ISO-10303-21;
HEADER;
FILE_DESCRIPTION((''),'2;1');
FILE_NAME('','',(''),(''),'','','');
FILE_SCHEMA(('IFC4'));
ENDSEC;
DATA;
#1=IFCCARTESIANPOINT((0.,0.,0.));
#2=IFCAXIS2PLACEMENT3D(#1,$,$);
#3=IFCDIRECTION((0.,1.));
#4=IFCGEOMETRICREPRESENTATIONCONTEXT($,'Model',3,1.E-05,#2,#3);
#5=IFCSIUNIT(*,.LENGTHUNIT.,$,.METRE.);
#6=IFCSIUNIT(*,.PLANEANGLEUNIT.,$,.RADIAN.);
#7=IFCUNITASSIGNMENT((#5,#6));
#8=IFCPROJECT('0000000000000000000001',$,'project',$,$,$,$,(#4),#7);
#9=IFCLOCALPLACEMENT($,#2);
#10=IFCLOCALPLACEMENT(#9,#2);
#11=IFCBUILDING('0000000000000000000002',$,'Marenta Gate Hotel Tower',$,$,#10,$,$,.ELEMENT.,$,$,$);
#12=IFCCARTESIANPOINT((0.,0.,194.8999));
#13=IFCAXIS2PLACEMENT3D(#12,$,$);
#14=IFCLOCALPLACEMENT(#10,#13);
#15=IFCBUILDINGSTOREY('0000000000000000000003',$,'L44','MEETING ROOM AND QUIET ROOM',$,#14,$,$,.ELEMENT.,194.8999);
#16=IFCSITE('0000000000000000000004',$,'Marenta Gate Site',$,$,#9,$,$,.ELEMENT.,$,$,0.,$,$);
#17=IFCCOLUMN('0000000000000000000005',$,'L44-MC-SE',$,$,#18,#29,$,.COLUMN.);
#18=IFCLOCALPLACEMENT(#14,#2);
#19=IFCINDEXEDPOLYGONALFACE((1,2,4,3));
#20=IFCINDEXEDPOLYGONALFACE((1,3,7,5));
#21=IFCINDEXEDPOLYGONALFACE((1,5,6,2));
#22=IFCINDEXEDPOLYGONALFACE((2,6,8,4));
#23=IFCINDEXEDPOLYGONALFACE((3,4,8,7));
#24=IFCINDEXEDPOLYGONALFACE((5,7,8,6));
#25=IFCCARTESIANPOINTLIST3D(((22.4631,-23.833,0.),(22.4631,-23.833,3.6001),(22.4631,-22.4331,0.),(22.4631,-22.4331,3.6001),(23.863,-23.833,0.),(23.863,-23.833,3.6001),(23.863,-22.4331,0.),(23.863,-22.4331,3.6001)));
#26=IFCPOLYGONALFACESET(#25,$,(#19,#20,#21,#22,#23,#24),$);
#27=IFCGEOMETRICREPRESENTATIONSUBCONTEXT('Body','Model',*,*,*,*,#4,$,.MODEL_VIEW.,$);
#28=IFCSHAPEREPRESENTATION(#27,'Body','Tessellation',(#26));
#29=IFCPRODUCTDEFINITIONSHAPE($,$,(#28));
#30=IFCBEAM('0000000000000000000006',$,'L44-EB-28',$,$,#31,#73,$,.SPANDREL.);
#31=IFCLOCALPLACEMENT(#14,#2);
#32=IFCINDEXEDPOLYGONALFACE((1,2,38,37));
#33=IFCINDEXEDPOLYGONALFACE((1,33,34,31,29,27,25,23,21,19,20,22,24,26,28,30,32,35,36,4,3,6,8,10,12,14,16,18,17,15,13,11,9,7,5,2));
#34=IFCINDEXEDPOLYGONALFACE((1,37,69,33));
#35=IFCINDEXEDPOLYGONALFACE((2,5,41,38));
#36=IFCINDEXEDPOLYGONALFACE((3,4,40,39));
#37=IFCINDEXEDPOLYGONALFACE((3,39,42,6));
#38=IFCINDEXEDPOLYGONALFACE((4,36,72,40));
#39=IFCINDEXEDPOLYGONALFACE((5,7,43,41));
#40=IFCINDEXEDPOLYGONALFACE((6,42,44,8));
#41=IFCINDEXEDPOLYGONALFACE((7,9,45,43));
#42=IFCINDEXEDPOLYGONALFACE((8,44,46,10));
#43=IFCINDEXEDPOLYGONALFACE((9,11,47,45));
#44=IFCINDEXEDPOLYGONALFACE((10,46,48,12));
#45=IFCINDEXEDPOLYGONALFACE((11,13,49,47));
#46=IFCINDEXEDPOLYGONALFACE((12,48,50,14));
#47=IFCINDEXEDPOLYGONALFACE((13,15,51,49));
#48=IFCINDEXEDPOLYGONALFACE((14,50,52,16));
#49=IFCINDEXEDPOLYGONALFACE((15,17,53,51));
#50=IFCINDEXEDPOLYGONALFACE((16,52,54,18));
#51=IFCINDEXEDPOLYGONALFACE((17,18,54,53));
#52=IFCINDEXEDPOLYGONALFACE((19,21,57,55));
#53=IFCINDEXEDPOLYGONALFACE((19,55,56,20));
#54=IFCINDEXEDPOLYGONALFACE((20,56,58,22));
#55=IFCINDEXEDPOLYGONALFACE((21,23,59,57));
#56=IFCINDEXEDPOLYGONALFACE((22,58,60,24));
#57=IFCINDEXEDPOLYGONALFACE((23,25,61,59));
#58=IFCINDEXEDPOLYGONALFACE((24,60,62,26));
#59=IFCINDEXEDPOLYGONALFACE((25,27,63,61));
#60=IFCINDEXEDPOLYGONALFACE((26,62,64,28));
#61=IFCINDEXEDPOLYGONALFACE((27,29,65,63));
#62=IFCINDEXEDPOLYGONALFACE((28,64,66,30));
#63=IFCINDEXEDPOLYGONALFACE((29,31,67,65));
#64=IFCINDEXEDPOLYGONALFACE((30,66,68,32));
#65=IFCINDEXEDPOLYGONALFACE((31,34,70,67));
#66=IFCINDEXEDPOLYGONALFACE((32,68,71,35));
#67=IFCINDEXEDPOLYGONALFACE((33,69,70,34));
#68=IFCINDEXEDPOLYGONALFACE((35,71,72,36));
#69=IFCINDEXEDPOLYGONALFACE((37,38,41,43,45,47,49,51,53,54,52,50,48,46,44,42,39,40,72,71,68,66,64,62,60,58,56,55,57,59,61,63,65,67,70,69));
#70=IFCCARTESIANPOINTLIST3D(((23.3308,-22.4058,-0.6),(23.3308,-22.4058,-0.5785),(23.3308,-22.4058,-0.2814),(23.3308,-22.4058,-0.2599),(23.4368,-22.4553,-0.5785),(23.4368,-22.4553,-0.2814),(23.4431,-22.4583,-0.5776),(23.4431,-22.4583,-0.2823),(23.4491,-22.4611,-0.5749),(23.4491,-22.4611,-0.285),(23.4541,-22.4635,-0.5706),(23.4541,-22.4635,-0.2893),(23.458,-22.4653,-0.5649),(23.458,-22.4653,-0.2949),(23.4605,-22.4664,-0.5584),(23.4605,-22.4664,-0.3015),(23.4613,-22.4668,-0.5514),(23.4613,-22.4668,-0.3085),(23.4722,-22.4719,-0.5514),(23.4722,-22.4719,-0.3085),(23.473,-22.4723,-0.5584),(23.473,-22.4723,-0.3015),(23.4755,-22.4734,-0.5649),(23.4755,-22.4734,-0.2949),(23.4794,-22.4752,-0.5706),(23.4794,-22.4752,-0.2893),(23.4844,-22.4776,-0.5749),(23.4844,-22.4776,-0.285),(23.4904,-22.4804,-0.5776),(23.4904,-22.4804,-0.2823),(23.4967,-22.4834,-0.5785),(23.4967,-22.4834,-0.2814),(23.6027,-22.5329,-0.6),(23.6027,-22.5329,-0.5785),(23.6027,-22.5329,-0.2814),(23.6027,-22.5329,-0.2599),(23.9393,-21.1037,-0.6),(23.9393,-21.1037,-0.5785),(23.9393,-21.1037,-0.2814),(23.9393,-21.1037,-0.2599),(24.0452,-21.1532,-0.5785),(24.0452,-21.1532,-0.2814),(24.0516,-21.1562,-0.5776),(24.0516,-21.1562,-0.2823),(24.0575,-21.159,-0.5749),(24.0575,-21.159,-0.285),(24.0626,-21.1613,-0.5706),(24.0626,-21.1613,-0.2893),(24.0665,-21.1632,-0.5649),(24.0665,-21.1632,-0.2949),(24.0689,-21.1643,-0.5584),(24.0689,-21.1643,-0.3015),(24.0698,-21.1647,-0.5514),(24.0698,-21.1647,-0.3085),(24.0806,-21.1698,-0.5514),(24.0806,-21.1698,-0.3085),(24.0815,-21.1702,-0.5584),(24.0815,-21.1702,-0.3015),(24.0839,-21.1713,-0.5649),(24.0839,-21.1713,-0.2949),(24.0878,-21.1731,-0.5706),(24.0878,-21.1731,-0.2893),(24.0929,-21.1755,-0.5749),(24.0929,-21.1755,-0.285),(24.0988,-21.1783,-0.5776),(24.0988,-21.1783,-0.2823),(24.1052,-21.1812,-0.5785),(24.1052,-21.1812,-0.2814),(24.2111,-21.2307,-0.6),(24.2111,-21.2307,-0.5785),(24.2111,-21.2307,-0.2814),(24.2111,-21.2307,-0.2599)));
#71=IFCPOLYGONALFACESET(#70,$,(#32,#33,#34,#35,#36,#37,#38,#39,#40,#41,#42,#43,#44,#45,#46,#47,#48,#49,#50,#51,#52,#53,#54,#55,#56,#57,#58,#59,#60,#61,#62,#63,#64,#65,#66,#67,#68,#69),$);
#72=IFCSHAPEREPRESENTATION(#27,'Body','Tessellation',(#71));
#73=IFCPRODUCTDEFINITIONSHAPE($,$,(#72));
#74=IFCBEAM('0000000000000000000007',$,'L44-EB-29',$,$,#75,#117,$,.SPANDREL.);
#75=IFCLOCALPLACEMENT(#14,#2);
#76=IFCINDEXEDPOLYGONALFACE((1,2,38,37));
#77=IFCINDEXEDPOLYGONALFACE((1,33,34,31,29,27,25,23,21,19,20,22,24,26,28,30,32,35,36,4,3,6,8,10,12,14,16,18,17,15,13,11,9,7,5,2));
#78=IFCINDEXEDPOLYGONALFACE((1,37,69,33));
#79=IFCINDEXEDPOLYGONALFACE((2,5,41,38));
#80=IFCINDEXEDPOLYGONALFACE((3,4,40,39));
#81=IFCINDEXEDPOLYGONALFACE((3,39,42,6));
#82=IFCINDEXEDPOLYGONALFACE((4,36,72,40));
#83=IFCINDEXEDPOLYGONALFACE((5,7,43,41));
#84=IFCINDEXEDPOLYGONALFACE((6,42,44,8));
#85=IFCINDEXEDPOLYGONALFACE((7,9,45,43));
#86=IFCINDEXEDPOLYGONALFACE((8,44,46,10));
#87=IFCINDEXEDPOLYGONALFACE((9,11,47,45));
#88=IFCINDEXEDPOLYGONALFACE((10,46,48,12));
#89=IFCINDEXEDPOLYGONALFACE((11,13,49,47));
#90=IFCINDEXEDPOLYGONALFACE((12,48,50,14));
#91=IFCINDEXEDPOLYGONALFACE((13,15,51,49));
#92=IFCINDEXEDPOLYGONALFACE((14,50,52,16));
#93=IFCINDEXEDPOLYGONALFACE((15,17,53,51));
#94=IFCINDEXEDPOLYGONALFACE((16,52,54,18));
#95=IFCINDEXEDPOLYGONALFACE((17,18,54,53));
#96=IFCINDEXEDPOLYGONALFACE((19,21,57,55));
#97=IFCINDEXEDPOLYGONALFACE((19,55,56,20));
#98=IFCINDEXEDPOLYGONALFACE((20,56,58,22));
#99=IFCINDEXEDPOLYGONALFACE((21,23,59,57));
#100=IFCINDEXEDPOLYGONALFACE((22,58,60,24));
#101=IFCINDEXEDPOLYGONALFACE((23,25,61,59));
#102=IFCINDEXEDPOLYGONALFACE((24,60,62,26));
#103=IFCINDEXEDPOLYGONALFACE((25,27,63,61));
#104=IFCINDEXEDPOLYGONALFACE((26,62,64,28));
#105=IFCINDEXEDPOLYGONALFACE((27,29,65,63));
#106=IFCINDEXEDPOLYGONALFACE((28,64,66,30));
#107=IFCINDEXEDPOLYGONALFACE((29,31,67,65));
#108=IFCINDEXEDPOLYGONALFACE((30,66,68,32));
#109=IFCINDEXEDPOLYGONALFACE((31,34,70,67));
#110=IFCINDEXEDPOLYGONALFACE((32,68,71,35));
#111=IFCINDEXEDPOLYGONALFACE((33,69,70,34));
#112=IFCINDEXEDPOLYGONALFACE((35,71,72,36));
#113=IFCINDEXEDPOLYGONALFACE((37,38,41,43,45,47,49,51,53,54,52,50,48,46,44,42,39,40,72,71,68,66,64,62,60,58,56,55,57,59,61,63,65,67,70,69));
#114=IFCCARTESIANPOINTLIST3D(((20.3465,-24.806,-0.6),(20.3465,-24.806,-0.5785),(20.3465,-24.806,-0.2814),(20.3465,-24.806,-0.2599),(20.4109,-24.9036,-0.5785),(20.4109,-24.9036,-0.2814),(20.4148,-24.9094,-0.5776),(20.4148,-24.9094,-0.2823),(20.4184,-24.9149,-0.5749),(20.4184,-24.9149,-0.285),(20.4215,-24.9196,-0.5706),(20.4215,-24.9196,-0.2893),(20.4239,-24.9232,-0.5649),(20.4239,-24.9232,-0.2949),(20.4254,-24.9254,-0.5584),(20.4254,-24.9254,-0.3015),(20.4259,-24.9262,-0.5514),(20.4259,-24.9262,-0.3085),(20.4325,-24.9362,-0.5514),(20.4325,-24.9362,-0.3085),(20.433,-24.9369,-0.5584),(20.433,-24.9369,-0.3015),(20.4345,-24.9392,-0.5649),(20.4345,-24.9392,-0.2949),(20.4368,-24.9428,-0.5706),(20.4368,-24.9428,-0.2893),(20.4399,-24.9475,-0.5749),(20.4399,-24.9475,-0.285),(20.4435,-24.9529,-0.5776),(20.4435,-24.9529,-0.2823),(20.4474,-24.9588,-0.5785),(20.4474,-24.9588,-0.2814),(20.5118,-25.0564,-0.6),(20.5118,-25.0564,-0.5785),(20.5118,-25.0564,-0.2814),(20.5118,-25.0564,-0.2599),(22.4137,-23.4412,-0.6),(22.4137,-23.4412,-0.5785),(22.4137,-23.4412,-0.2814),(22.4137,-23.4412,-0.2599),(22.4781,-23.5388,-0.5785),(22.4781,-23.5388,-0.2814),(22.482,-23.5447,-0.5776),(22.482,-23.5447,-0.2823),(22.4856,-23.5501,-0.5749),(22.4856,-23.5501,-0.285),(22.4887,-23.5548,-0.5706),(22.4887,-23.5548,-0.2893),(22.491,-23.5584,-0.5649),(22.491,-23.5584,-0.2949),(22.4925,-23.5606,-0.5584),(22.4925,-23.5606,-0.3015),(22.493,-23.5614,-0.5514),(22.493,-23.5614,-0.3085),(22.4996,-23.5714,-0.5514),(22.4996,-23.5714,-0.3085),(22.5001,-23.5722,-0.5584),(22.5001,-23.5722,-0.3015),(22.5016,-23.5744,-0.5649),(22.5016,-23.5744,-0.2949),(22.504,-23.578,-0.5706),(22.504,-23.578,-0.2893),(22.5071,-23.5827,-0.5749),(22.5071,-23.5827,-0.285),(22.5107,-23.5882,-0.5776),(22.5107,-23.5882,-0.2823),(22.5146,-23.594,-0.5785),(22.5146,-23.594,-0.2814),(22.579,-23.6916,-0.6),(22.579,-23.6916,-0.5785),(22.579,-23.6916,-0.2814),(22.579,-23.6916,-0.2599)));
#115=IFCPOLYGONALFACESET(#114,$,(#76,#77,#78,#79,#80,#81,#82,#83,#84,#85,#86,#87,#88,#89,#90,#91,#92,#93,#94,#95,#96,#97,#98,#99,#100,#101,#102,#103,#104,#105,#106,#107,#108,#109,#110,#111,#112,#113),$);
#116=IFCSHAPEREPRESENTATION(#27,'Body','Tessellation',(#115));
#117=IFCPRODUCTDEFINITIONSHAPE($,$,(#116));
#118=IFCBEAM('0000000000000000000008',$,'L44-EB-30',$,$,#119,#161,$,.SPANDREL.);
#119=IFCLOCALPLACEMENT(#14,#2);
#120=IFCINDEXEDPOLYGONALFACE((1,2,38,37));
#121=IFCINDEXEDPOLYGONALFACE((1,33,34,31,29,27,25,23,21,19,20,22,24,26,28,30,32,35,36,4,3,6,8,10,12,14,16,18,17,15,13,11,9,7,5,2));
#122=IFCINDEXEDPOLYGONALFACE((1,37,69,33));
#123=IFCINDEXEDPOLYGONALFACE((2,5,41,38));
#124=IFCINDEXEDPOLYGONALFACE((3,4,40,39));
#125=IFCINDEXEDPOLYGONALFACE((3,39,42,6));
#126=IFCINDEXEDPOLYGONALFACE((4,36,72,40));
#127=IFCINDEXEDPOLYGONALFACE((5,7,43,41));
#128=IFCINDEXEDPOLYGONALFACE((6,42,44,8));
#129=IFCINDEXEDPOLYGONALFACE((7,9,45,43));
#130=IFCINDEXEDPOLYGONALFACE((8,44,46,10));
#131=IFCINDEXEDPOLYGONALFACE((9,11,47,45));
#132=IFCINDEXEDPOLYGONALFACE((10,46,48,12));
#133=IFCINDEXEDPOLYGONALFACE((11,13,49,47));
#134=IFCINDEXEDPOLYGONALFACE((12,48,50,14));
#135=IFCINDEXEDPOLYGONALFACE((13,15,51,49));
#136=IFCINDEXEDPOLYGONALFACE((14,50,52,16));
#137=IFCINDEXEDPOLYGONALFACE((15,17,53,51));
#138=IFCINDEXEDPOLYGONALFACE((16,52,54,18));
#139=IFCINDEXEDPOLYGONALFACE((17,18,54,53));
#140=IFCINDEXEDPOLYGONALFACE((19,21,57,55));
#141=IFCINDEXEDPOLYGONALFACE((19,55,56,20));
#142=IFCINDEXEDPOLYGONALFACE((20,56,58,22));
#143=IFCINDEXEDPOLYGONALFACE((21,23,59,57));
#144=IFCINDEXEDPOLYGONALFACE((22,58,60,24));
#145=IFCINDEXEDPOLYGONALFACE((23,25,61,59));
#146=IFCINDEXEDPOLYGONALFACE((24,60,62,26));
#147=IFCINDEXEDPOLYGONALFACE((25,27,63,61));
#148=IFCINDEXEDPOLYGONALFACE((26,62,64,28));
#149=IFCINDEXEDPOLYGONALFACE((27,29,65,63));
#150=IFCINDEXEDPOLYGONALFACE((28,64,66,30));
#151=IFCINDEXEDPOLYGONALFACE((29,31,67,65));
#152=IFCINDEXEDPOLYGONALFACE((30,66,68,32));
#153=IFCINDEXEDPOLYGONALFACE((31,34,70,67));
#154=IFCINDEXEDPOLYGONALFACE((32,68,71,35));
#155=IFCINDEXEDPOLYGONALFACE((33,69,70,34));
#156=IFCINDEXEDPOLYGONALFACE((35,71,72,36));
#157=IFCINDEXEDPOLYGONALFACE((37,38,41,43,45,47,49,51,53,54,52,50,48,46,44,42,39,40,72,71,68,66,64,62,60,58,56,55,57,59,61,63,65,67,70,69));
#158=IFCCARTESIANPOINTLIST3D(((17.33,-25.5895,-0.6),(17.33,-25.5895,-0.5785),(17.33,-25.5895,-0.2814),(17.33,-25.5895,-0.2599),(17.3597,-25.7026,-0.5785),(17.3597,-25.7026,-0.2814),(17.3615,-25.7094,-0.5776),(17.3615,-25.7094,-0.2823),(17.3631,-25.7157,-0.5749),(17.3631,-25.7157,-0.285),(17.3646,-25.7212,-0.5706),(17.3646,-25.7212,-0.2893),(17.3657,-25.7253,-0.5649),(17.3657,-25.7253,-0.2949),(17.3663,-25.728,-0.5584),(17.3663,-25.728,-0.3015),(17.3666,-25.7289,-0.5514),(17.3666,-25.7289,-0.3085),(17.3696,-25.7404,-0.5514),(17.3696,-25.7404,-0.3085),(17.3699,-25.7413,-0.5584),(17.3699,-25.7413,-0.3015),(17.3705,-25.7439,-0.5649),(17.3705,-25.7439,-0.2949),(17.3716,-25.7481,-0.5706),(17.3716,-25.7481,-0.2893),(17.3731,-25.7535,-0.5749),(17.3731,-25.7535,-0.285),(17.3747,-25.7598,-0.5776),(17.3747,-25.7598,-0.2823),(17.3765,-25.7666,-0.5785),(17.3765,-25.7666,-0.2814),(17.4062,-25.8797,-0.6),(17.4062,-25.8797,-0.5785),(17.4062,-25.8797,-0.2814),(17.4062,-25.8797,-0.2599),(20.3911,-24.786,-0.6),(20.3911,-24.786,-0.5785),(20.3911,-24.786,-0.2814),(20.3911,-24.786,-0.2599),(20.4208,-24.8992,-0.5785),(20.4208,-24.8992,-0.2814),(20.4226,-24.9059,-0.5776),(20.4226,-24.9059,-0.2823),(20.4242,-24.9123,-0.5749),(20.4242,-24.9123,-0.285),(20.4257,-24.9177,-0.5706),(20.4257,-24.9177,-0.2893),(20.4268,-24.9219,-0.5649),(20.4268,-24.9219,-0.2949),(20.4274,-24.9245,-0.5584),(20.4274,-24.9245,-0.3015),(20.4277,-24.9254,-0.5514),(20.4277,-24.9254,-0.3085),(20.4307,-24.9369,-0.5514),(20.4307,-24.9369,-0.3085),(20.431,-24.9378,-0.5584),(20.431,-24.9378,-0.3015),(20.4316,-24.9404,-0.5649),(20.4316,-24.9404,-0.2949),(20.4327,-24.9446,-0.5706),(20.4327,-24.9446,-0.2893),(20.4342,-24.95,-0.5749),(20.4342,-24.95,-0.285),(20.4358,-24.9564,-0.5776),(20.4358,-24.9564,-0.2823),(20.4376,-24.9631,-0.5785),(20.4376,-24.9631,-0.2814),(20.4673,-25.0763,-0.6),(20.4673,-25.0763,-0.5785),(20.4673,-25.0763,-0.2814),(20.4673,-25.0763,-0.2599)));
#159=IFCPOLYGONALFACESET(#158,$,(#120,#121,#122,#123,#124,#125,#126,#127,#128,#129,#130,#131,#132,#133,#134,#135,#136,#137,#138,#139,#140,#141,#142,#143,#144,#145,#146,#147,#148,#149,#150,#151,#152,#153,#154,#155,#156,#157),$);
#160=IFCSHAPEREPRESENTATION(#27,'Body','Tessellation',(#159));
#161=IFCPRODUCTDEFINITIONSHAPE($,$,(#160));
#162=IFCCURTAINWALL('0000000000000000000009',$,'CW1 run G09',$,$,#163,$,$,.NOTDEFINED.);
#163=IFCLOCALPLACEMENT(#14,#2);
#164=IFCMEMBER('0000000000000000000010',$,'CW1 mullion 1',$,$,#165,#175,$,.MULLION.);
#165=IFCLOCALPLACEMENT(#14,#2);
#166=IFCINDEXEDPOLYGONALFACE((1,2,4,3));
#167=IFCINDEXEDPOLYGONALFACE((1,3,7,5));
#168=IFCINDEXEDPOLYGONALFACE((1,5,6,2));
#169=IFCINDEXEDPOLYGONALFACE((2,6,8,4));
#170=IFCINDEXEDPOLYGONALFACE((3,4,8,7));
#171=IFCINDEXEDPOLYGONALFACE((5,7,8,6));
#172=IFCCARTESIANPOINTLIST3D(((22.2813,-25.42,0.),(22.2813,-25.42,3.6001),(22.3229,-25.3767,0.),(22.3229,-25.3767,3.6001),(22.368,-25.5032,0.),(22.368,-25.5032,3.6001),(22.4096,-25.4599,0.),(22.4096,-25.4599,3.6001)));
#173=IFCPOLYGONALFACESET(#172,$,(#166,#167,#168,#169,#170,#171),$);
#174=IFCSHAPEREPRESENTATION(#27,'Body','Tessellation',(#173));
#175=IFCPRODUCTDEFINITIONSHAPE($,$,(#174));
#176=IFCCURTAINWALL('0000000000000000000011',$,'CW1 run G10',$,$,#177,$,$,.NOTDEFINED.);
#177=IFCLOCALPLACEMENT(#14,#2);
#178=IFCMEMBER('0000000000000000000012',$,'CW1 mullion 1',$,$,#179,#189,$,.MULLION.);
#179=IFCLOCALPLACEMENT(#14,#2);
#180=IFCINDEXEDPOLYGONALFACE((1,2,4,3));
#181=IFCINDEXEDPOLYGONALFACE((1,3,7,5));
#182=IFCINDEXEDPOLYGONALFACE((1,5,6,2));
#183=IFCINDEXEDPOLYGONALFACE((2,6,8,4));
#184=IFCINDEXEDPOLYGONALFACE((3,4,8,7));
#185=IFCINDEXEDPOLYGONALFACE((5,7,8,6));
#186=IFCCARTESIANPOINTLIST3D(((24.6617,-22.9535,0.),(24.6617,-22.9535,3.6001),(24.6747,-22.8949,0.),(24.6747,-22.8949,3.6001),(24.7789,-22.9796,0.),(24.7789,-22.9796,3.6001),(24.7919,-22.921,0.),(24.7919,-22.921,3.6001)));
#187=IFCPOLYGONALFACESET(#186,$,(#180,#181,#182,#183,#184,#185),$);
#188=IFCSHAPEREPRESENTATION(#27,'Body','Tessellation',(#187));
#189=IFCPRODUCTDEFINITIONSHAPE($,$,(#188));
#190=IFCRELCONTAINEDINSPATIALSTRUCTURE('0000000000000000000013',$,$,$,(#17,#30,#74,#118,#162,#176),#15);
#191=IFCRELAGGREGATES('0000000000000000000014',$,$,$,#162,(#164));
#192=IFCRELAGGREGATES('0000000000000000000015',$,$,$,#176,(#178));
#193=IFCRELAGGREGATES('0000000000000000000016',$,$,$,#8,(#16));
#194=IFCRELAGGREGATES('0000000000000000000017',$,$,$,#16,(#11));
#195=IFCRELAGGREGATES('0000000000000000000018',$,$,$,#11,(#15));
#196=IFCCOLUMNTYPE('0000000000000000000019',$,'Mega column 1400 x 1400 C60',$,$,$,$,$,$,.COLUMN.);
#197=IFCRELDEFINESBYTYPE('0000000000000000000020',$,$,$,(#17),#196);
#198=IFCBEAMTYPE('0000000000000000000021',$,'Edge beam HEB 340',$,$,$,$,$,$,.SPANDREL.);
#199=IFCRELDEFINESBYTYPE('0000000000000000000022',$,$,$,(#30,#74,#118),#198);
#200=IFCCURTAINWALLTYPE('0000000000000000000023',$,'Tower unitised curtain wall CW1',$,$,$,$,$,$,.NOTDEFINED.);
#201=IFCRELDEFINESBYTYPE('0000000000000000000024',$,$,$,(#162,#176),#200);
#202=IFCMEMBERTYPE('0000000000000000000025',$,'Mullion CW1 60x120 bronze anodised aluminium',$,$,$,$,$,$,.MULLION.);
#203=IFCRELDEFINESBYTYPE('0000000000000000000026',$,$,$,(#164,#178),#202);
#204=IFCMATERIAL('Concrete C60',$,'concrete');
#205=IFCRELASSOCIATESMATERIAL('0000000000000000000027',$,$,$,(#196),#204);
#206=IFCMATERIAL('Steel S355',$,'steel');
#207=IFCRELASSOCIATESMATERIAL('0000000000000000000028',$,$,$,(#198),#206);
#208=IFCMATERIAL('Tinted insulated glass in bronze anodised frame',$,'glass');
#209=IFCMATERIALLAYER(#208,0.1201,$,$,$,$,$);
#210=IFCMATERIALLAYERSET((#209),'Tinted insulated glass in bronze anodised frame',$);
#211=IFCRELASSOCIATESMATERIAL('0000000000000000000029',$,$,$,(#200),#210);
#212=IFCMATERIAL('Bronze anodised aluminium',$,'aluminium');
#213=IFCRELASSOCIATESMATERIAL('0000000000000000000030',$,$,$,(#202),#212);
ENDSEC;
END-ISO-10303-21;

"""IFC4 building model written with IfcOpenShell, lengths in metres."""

from ifc_helpers import new_model, si_unit, direction, frame, origin, origin_2d, place, context, subcontext, project, spatial, rectangle, i_section, extrude, material, layer, layer_set, material_profile, profile_set, type_object, element, aggregate, save


model = new_model("IFC4")

# Units and contexts
model_context = context("Model", 3, precision=1e-05, world=origin(), true_north=direction((0.0, 1.0)))
body_context = subcontext(model_context, "Body", "Model", "MODEL_VIEW")
ifc_project = project(units=[si_unit("LENGTHUNIT", "METRE"), si_unit("PLANEANGLEUNIT", "RADIAN")], contexts=[model_context])

# Site, building, storey
site_placement = place(None, origin())
site = spatial("IfcSite", under=ifc_project, at=site_placement, Name="Marenta Gate Site", CompositionType="ELEMENT", RefElevation=0.0)
building_placement = place(site_placement, origin())
building = spatial("IfcBuilding", under=site, at=building_placement, Name="Marenta Gate Hotel Tower", CompositionType="ELEMENT")
storey_placement = place(building_placement, frame((0.0, 0.0, 194.8999)))
storey = spatial("IfcBuildingStorey", under=building, at=storey_placement, Name="L44", Description="MEETING ROOM AND QUIET ROOM", CompositionType="ELEMENT", Elevation=194.8999)

# Column
ifc_material_1 = material(Name="Concrete C60", Category="concrete")
ifc_material_profile_1 = material_profile(ifc_material_1, rectangle(XDim=1.3999, YDim=1.3999, at=origin_2d()), Name="1400 x 1400")
ifc_profile_set_1 = profile_set([ifc_material_profile_1], Name="Concrete C60")
column_type = type_object("IfcColumnType", Name="Mega column 1400 x 1400 C60", PredefinedType="COLUMN", material=ifc_profile_set_1)
column_placement = place(storey_placement, frame((23.1631, -23.1331, 0.0), z_axis=(0.0, 0.0, 1.0), x_axis=(1.0, 0.0, 0.0)))
element("IfcColumn", 1, at=column_placement, inside=storey, type_object=column_type, Name="L44-MC-SE", PredefinedType="COLUMN", context=body_context, shape_type="SweptSolid", body=[
    extrude(rectangle(XDim=1.3999, YDim=1.3999, at=origin_2d()), origin(), (0.0, 0.0, 1.0), 3.6001),
])

# Beams
ifc_material_2 = material(Name="Steel S355", Category="steel")
ifc_material_profile_2 = material_profile(ifc_material_2, i_section(OverallWidth=0.3, OverallDepth=0.3401, WebThickness=0.012, FlangeThickness=0.0215, FilletRadius=0.0271, at=origin_2d()), Name="HEB 340")
ifc_profile_set_2 = profile_set([ifc_material_profile_2], Name="Steel S355")
beam_type = type_object("IfcBeamType", Name="Edge beam HEB 340", PredefinedType="SPANDREL", material=ifc_profile_set_2)
beam_1_placement = place(storey_placement, frame((24.0752, -21.1672, -0.4299), z_axis=(-0.423341, -0.90597, 0.0), x_axis=(0.90597, -0.423341, 0.0)))
element("IfcBeam", 2, at=beam_1_placement, inside=storey, type_object=beam_type, Name="L44-EB-28", PredefinedType="SPANDREL", context=body_context, shape_type="SweptSolid", body=[
    extrude(i_section(OverallWidth=0.3, OverallDepth=0.3401, WebThickness=0.012, FlangeThickness=0.0215, FilletRadius=0.0271, at=origin_2d()), origin(), (0.0, 0.0, 1.0), 1.4373),
])
beam_2_placement = place(storey_placement, frame((22.4963, -23.5664, -0.4299), z_axis=(-0.834529, -0.550964, 0.0), x_axis=(0.550964, -0.834529, 0.0)))
element("IfcBeam", 3, at=beam_2_placement, inside=storey, type_object=beam_type, Name="L44-EB-29", PredefinedType="SPANDREL", context=body_context, shape_type="SweptSolid", body=[
    extrude(i_section(OverallWidth=0.3, OverallDepth=0.3401, WebThickness=0.012, FlangeThickness=0.0215, FilletRadius=0.0271, at=origin_2d()), origin(), (0.0, 0.0, 1.0), 2.4771),
])
beam_3_placement = place(storey_placement, frame((20.4292, -24.9312, -0.4299), z_axis=(-0.967235, -0.253882, 0.0), x_axis=(0.253882, -0.967235, 0.0)))
element("IfcBeam", 4, at=beam_3_placement, inside=storey, type_object=beam_type, Name="L44-EB-30", PredefinedType="SPANDREL", context=body_context, shape_type="SweptSolid", body=[
    extrude(i_section(OverallWidth=0.3, OverallDepth=0.3401, WebThickness=0.012, FlangeThickness=0.0215, FilletRadius=0.0271, at=origin_2d()), origin(), (0.0, 0.0, 1.0), 3.1648),
])

# Curtain walls, members
ifc_material_3 = material(Name="Tinted insulated glass in bronze anodised frame", Category="glass")
ifc_layer_1 = layer(ifc_material_3, 0.1201)
ifc_layer_set_1 = layer_set([ifc_layer_1], Name="Tinted insulated glass in bronze anodised frame")
curtain_wall_type = type_object("IfcCurtainWallType", Name="Tower unitised curtain wall CW1", PredefinedType="NOTDEFINED", material=ifc_layer_set_1)
curtain_wall_1_placement = place(storey_placement, origin())
curtain_wall_1 = element("IfcCurtainWall", 5, at=curtain_wall_1_placement, inside=storey, type_object=curtain_wall_type, Name="CW1 run G09", PredefinedType="NOTDEFINED")
ifc_material_4 = material(Name="Bronze anodised aluminium", Category="aluminium")
ifc_material_profile_3 = material_profile(ifc_material_4, rectangle(XDim=0.1201, YDim=0.0601, at=origin_2d()), Name="Mullion CW1 60x120 bronze anodised aluminium")
ifc_profile_set_3 = profile_set([ifc_material_profile_3], Name="Bronze anodised aluminium")
member_type_1 = type_object("IfcMemberType", Name="Mullion CW1 60x120 bronze anodised aluminium", PredefinedType="MULLION", material=ifc_profile_set_3)
member_1_placement = place(storey_placement, frame((22.3455, -25.4399, 0.0), z_axis=(0.0, 0.0, 1.0), x_axis=(-0.721372, 0.692548, 0.0)))
member_1 = element("IfcMember", 6, at=member_1_placement, type_object=member_type_1, Name="CW1 mullion 1", PredefinedType="MULLION", context=body_context, shape_type="SweptSolid", body=[
    extrude(rectangle(XDim=0.1201, YDim=0.0601, at=origin_2d()), origin(), (0.0, 0.0, 1.0), 3.6001),
])
curtain_wall_2_placement = place(storey_placement, origin())
curtain_wall_2 = element("IfcCurtainWall", 7, at=curtain_wall_2_placement, inside=storey, type_object=curtain_wall_type, Name="CW1 run G10", PredefinedType="NOTDEFINED")
member_2_placement = place(storey_placement, frame((24.7268, -22.9373, 0.0), z_axis=(0.0, 0.0, 1.0), x_axis=(-0.976207, 0.216842, 0.0)))
member_2 = element("IfcMember", 8, at=member_2_placement, type_object=member_type_1, Name="CW1 mullion 1", PredefinedType="MULLION", context=body_context, shape_type="SweptSolid", body=[
    extrude(rectangle(XDim=0.1201, YDim=0.0601, at=origin_2d()), origin(), (0.0, 0.0, 1.0), 3.6001),
])

aggregate(curtain_wall_1, [member_1])
aggregate(curtain_wall_2, [member_2])

save(model, "model.ifc")
